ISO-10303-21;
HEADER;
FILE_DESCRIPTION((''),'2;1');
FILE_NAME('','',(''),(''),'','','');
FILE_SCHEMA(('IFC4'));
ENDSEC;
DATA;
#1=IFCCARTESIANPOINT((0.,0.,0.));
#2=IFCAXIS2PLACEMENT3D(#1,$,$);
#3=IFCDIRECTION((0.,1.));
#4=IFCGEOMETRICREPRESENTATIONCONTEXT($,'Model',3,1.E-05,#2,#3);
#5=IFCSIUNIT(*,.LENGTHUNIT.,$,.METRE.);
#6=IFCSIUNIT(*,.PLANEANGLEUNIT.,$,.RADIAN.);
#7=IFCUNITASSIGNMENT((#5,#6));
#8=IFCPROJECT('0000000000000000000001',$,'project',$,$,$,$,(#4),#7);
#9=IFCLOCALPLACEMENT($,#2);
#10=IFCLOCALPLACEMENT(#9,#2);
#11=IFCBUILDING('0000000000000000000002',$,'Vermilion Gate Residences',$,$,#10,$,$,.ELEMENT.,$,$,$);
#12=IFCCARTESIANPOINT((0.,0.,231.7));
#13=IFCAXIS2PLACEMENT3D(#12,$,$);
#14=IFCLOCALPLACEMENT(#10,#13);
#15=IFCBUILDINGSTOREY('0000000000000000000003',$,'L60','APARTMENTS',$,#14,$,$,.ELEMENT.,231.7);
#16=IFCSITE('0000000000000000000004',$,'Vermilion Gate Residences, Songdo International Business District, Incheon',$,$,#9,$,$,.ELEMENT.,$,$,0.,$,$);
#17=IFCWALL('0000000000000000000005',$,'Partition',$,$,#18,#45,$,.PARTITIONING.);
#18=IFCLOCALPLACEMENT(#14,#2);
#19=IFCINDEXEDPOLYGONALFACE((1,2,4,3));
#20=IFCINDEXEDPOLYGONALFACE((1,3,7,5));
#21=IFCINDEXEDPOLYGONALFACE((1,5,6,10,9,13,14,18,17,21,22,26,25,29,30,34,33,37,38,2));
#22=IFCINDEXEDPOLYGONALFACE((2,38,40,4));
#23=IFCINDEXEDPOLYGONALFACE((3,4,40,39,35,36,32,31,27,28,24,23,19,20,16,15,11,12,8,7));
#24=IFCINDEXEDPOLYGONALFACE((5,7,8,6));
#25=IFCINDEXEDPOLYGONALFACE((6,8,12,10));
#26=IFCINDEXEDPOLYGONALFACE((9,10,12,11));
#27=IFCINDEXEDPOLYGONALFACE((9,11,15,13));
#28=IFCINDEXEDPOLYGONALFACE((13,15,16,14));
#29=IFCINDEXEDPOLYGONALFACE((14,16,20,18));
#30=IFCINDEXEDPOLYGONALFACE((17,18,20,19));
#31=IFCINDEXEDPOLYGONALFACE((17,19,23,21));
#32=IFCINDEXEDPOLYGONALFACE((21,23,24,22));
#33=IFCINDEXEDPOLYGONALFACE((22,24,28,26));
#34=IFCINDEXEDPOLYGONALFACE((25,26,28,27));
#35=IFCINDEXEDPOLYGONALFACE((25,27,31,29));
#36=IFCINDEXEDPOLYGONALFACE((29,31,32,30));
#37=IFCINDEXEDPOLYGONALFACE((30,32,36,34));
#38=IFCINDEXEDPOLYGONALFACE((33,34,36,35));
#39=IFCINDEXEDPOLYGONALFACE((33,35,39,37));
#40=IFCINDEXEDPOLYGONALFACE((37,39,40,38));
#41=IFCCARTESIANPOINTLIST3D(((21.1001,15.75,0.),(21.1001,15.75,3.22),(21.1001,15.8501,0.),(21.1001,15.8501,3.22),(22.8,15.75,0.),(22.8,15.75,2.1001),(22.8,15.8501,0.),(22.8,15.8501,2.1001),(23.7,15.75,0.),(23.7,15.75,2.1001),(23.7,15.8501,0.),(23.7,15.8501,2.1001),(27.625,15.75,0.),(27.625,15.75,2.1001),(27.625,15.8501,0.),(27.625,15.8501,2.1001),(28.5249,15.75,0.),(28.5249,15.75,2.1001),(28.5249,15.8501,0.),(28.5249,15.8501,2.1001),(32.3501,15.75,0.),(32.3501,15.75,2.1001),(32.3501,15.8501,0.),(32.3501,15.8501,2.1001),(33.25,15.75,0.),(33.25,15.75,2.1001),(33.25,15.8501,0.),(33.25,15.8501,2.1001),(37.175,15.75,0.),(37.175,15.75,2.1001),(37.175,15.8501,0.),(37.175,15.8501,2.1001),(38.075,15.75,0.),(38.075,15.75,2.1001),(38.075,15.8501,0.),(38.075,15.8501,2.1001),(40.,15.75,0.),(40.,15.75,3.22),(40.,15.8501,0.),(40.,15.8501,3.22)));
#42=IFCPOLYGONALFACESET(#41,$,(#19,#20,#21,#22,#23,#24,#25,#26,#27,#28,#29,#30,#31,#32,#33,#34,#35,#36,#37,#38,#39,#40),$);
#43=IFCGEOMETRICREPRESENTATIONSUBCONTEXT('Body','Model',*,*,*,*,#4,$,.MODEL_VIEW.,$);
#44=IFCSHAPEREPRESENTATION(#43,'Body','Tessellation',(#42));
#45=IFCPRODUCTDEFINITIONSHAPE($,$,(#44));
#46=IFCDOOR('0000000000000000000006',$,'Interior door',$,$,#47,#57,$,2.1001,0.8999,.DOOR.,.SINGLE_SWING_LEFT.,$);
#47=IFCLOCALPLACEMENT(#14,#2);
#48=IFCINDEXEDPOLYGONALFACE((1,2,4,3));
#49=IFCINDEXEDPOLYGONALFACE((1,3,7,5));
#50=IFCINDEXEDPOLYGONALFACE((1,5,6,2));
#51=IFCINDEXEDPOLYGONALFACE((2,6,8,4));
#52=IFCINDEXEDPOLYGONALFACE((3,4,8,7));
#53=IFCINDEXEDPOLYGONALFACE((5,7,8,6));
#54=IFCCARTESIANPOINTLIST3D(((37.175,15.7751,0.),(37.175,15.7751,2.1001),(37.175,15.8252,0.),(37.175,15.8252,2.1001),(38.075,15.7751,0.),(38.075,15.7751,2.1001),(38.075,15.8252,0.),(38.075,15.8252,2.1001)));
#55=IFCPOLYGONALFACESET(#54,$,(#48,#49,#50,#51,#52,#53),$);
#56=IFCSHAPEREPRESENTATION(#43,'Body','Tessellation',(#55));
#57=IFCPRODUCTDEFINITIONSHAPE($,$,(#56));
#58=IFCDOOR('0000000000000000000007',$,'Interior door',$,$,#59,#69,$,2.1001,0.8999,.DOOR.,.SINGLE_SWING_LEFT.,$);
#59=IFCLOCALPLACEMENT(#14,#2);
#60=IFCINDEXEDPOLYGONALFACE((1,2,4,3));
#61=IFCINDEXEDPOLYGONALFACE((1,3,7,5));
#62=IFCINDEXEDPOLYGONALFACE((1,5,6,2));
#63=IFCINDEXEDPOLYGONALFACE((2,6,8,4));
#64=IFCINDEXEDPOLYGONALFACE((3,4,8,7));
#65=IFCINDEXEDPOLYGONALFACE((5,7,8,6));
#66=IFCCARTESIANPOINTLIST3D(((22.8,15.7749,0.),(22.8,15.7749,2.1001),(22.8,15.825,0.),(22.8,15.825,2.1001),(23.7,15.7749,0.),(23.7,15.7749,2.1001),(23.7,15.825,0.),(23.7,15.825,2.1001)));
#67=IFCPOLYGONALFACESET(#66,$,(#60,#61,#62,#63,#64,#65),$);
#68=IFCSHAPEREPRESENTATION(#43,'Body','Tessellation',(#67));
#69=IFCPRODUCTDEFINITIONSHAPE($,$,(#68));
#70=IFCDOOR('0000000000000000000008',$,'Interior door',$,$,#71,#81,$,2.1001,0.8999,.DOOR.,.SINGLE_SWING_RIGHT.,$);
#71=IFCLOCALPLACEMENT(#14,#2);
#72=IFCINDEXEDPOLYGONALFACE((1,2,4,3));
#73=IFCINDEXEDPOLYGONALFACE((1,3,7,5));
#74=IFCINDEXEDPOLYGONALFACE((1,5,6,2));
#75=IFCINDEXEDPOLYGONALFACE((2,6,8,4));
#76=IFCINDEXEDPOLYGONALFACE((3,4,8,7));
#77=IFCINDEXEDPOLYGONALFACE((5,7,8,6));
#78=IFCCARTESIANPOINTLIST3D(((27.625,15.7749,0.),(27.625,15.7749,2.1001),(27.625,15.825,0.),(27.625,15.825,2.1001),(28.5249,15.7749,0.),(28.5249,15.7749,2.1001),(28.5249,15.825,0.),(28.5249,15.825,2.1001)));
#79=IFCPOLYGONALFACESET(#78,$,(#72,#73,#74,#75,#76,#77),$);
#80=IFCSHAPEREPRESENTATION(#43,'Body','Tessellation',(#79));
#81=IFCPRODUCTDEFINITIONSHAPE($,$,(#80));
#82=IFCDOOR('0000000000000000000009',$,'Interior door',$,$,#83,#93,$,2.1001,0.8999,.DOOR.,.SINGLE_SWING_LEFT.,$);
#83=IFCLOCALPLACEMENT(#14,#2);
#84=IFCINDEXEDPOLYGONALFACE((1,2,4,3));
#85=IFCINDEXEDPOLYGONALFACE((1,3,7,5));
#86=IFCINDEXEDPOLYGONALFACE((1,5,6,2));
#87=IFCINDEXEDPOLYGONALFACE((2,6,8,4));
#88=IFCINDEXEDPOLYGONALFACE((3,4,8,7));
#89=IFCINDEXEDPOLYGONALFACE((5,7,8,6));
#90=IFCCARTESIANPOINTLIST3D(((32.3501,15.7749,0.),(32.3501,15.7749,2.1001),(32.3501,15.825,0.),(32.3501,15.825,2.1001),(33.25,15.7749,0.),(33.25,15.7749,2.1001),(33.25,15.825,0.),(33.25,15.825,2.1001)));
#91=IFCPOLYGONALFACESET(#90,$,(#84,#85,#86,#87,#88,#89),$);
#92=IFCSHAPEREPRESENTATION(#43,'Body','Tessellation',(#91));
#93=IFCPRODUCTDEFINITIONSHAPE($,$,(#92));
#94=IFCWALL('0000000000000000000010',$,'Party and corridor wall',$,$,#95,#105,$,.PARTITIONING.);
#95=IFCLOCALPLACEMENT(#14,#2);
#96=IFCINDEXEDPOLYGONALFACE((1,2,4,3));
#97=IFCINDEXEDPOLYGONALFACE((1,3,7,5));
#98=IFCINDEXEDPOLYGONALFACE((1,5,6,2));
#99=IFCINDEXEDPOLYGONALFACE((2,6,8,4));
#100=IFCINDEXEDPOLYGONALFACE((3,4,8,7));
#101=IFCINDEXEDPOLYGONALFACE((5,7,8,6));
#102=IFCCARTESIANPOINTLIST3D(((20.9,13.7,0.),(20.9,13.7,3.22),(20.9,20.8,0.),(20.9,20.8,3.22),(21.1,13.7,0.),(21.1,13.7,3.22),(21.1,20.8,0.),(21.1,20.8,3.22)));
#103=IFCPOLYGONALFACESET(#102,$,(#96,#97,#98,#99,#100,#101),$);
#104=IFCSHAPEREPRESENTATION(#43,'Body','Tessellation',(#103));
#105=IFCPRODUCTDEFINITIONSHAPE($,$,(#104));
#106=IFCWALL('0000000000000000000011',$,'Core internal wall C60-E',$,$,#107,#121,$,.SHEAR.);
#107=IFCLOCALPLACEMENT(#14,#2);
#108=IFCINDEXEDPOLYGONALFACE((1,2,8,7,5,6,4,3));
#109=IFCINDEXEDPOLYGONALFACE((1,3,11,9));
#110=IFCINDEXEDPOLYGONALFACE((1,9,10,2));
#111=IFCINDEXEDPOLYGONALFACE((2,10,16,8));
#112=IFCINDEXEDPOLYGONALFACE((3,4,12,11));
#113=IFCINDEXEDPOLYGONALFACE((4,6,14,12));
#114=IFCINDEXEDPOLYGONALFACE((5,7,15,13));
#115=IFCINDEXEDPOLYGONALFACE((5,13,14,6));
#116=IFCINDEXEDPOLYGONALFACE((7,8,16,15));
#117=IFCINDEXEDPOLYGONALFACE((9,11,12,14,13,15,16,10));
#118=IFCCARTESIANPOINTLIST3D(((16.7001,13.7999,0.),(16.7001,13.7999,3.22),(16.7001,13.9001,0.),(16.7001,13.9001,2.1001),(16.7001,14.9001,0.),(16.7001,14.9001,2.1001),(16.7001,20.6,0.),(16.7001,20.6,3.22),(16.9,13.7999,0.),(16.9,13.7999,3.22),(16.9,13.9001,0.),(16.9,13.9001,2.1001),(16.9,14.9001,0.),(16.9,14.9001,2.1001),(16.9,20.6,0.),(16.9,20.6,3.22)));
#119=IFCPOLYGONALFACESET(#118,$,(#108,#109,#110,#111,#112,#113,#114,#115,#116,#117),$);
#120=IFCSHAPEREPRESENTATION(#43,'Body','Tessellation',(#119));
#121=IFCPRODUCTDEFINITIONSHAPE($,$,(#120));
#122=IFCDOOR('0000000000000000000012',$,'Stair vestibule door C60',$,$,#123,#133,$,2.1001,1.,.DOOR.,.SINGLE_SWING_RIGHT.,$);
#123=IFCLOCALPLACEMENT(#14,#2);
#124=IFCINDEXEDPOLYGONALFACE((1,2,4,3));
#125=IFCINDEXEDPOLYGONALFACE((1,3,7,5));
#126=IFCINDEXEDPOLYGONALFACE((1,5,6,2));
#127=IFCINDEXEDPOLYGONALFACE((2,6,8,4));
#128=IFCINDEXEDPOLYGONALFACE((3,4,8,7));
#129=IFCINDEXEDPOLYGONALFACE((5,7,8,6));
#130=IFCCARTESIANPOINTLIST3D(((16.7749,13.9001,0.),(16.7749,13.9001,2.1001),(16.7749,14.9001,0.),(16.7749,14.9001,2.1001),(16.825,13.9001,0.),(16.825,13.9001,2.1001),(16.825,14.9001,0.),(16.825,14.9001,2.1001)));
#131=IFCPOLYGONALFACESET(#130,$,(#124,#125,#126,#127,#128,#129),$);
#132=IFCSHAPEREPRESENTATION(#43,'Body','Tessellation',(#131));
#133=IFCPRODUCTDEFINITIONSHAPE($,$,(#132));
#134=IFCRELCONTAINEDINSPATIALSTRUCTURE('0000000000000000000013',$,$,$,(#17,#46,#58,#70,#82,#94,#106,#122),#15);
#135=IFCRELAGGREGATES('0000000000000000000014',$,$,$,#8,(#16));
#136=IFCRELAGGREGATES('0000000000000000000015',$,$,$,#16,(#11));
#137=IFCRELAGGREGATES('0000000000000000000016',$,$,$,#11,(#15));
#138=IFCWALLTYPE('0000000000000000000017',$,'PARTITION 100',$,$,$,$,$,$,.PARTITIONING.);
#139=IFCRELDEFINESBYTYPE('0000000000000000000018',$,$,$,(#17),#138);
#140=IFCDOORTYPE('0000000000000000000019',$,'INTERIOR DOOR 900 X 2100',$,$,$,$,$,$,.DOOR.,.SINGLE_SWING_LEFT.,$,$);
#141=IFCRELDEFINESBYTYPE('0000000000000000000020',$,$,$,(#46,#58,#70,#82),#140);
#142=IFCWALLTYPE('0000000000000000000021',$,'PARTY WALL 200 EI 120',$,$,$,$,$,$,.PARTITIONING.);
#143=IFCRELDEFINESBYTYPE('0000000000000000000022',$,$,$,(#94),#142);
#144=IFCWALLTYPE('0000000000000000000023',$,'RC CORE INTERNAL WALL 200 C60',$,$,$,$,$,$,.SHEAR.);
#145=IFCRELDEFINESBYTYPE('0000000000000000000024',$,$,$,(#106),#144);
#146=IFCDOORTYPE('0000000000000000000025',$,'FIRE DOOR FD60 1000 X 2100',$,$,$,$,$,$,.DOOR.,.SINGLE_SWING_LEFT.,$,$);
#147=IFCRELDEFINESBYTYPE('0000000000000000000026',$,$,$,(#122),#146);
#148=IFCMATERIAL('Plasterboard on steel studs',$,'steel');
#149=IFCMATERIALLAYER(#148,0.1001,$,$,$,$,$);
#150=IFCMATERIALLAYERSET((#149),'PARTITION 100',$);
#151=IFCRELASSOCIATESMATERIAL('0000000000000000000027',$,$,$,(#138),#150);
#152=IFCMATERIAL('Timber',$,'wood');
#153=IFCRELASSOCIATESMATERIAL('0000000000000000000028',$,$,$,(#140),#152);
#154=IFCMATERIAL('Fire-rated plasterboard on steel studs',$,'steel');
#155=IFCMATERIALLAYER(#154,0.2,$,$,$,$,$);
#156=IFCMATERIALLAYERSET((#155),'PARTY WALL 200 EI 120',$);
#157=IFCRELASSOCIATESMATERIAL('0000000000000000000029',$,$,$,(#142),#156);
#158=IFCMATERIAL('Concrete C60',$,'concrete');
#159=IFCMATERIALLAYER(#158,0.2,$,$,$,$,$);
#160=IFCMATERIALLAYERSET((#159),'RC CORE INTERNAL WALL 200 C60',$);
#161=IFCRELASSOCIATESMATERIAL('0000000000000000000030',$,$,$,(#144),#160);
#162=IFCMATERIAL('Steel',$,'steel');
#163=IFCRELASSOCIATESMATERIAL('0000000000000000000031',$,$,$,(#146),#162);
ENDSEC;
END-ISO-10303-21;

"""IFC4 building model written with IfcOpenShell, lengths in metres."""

from ifc_helpers import new_model, si_unit, direction, frame, frame_2d, origin, place, context, subcontext, project, spatial, rectangle, extrude, material, layer, layer_set, type_object, element, fill, save


model = new_model("IFC4")

# Units and contexts
model_context = context("Model", 3, precision=1e-05, world=origin(), true_north=direction((0.0, 1.0)))
body_context = subcontext(model_context, "Body", "Model", "MODEL_VIEW")
ifc_project = project(units=[si_unit("LENGTHUNIT", "METRE"), si_unit("PLANEANGLEUNIT", "RADIAN")], contexts=[model_context])

# Site, building, storey
site_placement = place(None, origin())
site = spatial("IfcSite", under=ifc_project, at=site_placement, Name="Vermilion Gate Residences, Songdo International Business District, Incheon", CompositionType="ELEMENT", RefElevation=0.0)
building_placement = place(site_placement, origin())
building = spatial("IfcBuilding", under=site, at=building_placement, Name="Vermilion Gate Residences", CompositionType="ELEMENT")
storey_placement = place(building_placement, frame((0.0, 0.0, 231.7)))
storey = spatial("IfcBuildingStorey", under=building, at=storey_placement, Name="L60", Description="APARTMENTS", CompositionType="ELEMENT", Elevation=231.7)

# Wall, openings, doors
ifc_material_1 = material(Name="Plasterboard on steel studs", Category="steel")
ifc_layer_1 = layer(ifc_material_1, 0.1001)
ifc_layer_set_1 = layer_set([ifc_layer_1], Name="PARTITION 100")
wall_type_1 = type_object("IfcWallType", Name="PARTITION 100", PredefinedType="PARTITIONING", material=ifc_layer_set_1)
ifc_material_2 = material(Name="Timber", Category="wood")
door_type_1 = type_object("IfcDoorType", Name="INTERIOR DOOR 900 X 2100", OperationType="SINGLE_SWING_LEFT", PredefinedType="DOOR", material=ifc_material_2)
wall_1_placement = place(storey_placement, frame((21.1001, 15.8, 0.0), z_axis=(0.0, 0.0, 1.0), x_axis=(1.0, 0.0, 0.0)))
wall_1 = element("IfcWall", 1, at=wall_1_placement, inside=storey, type_object=wall_type_1, Name="Partition", PredefinedType="PARTITIONING", context=body_context, shape_type="SweptSolid", body=[
    extrude(rectangle(XDim=18.8999, YDim=0.1001, at=frame_2d((9.45, 0.0))), origin(), (0.0, 0.0, 1.0), 3.22),
])
opening_1_placement = place(wall_1_placement, frame((16.075, 0.0, 0.0)))
opening_1 = element("IfcOpeningElement", 2, at=opening_1_placement, cuts=wall_1, PredefinedType="OPENING", context=body_context, shape_type="SweptSolid", body=[
    extrude(rectangle(XDim=0.8999, YDim=2.1001, at=frame_2d((0.45, 1.05))), frame((0.0, 0.0601, 0.0), z_axis=(0.0, -1.0, 0.0), x_axis=(1.0, 0.0, 0.0)), (0.0, 0.0, 1.0), 0.1201),
])
opening_2_placement = place(wall_1_placement, frame((1.7, 0.0, 0.0)))
opening_2 = element("IfcOpeningElement", 3, at=opening_2_placement, cuts=wall_1, PredefinedType="OPENING", context=body_context, shape_type="SweptSolid", body=[
    extrude(rectangle(XDim=0.8999, YDim=2.1001, at=frame_2d((0.45, 1.05))), frame((0.0, 0.0601, 0.0), z_axis=(0.0, -1.0, 0.0), x_axis=(1.0, 0.0, 0.0)), (0.0, 0.0, 1.0), 0.1201),
])
opening_3_placement = place(wall_1_placement, frame((6.5249, 0.0, 0.0)))
opening_3 = element("IfcOpeningElement", 4, at=opening_3_placement, cuts=wall_1, PredefinedType="OPENING", context=body_context, shape_type="SweptSolid", body=[
    extrude(rectangle(XDim=0.8999, YDim=2.1001, at=frame_2d((0.45, 1.05))), frame((0.0, 0.0601, 0.0), z_axis=(0.0, -1.0, 0.0), x_axis=(1.0, 0.0, 0.0)), (0.0, 0.0, 1.0), 0.1201),
])
opening_4_placement = place(wall_1_placement, frame((11.25, 0.0, 0.0)))
opening_4 = element("IfcOpeningElement", 5, at=opening_4_placement, cuts=wall_1, PredefinedType="OPENING", context=body_context, shape_type="SweptSolid", body=[
    extrude(rectangle(XDim=0.8999, YDim=2.1001, at=frame_2d((0.45, 1.05))), frame((0.0, 0.0601, 0.0), z_axis=(0.0, -1.0, 0.0), x_axis=(1.0, 0.0, 0.0)), (0.0, 0.0, 1.0), 0.1201),
])
door_1_placement = place(opening_1_placement, frame((0.8999, 0.0, 0.0), z_axis=(0.0, 0.0, 1.0), x_axis=(-1.0, 0.0, 0.0)))
door_1 = element("IfcDoor", 6, at=door_1_placement, inside=storey, type_object=door_type_1, Name="Interior door", OperationType="SINGLE_SWING_LEFT", OverallHeight=2.1001, OverallWidth=0.8999, PredefinedType="DOOR", context=body_context, shape_type="SweptSolid", body=[
    extrude(rectangle(XDim=0.8999, YDim=2.1001, at=frame_2d((0.45, 1.05))), frame((0.0, 0.0249, 0.0), z_axis=(0.0, -1.0, 0.0), x_axis=(1.0, 0.0, 0.0)), (0.0, 0.0, 1.0), 0.05),
])
fill(opening_1, door_1)
door_2_placement = place(opening_2_placement, origin())
door_2 = element("IfcDoor", 7, at=door_2_placement, inside=storey, type_object=door_type_1, Name="Interior door", OperationType="SINGLE_SWING_LEFT", OverallHeight=2.1001, OverallWidth=0.8999, PredefinedType="DOOR", context=body_context, shape_type="SweptSolid", body=[
    extrude(rectangle(XDim=0.8999, YDim=2.1001, at=frame_2d((0.45, 1.05))), frame((0.0, 0.0249, 0.0), z_axis=(0.0, -1.0, 0.0), x_axis=(1.0, 0.0, 0.0)), (0.0, 0.0, 1.0), 0.05),
])
fill(opening_2, door_2)
door_3_placement = place(opening_3_placement, origin())
door_3 = element("IfcDoor", 8, at=door_3_placement, inside=storey, type_object=door_type_1, Name="Interior door", OperationType="SINGLE_SWING_RIGHT", OverallHeight=2.1001, OverallWidth=0.8999, PredefinedType="DOOR", context=body_context, shape_type="SweptSolid", body=[
    extrude(rectangle(XDim=0.8999, YDim=2.1001, at=frame_2d((0.45, 1.05))), frame((0.0, 0.0249, 0.0), z_axis=(0.0, -1.0, 0.0), x_axis=(1.0, 0.0, 0.0)), (0.0, 0.0, 1.0), 0.05),
])
fill(opening_3, door_3)
door_4_placement = place(opening_4_placement, origin())
door_4 = element("IfcDoor", 9, at=door_4_placement, inside=storey, type_object=door_type_1, Name="Interior door", OperationType="SINGLE_SWING_LEFT", OverallHeight=2.1001, OverallWidth=0.8999, PredefinedType="DOOR", context=body_context, shape_type="SweptSolid", body=[
    extrude(rectangle(XDim=0.8999, YDim=2.1001, at=frame_2d((0.45, 1.05))), frame((0.0, 0.0249, 0.0), z_axis=(0.0, -1.0, 0.0), x_axis=(1.0, 0.0, 0.0)), (0.0, 0.0, 1.0), 0.05),
])
fill(opening_4, door_4)

# Wall
ifc_material_3 = material(Name="Fire-rated plasterboard on steel studs", Category="steel")
ifc_layer_2 = layer(ifc_material_3, 0.2)
ifc_layer_set_2 = layer_set([ifc_layer_2], Name="PARTY WALL 200 EI 120")
wall_type_2 = type_object("IfcWallType", Name="PARTY WALL 200 EI 120", PredefinedType="PARTITIONING", material=ifc_layer_set_2)
wall_2_placement = place(storey_placement, frame((21.0, 13.7, 0.0), z_axis=(0.0, 0.0, 1.0), x_axis=(0.0, 1.0, 0.0)))
element("IfcWall", 10, at=wall_2_placement, inside=storey, type_object=wall_type_2, Name="Party and corridor wall", PredefinedType="PARTITIONING", context=body_context, shape_type="SweptSolid", body=[
    extrude(rectangle(XDim=7.1001, YDim=0.2, at=frame_2d((3.55, 0.0))), origin(), (0.0, 0.0, 1.0), 3.22),
])

# Wall, opening, door
ifc_material_4 = material(Name="Concrete C60", Category="concrete")
ifc_layer_3 = layer(ifc_material_4, 0.2)
ifc_layer_set_3 = layer_set([ifc_layer_3], Name="RC CORE INTERNAL WALL 200 C60")
wall_type_3 = type_object("IfcWallType", Name="RC CORE INTERNAL WALL 200 C60", PredefinedType="SHEAR", material=ifc_layer_set_3)
wall_3_placement = place(storey_placement, frame((16.8, 13.8, 0.0), z_axis=(0.0, 0.0, 1.0), x_axis=(0.0, 1.0, 0.0)))
wall_3 = element("IfcWall", 11, at=wall_3_placement, inside=storey, type_object=wall_type_3, Name="Core internal wall C60-E", PredefinedType="SHEAR", context=body_context, shape_type="SweptSolid", body=[
    extrude(rectangle(XDim=6.8, YDim=0.2, at=frame_2d((3.3999, 0.0))), origin(), (0.0, 0.0, 1.0), 3.22),
])
opening_5_placement = place(wall_3_placement, frame((0.1001, 0.0, 0.0)))
opening_5 = element("IfcOpeningElement", 12, at=opening_5_placement, cuts=wall_3, PredefinedType="OPENING", context=body_context, shape_type="SweptSolid", body=[
    extrude(rectangle(XDim=1.0, YDim=2.1001, at=frame_2d((0.5, 1.05))), frame((0.0, 0.1099, 0.0), z_axis=(0.0, -1.0, 0.0), x_axis=(1.0, 0.0, 0.0)), (0.0, 0.0, 1.0), 0.22),
])
ifc_material_5 = material(Name="Steel", Category="steel")
door_type_2 = type_object("IfcDoorType", Name="FIRE DOOR FD60 1000 X 2100", OperationType="SINGLE_SWING_LEFT", PredefinedType="DOOR", material=ifc_material_5)
door_5_placement = place(opening_5_placement, frame((1.0, 0.0, 0.0), z_axis=(0.0, 0.0, 1.0), x_axis=(-1.0, 0.0, 0.0)))
door_5 = element("IfcDoor", 13, at=door_5_placement, inside=storey, type_object=door_type_2, Name="Stair vestibule door C60", OperationType="SINGLE_SWING_RIGHT", OverallHeight=2.1001, OverallWidth=1.0, PredefinedType="DOOR", context=body_context, shape_type="SweptSolid", body=[
    extrude(rectangle(XDim=1.0, YDim=2.1001, at=frame_2d((0.5, 1.05))), frame((0.0, 0.0249, 0.0), z_axis=(0.0, -1.0, 0.0), x_axis=(1.0, 0.0, 0.0)), (0.0, 0.0, 1.0), 0.05),
])
fill(opening_5, door_5)

save(model, "model.ifc")
